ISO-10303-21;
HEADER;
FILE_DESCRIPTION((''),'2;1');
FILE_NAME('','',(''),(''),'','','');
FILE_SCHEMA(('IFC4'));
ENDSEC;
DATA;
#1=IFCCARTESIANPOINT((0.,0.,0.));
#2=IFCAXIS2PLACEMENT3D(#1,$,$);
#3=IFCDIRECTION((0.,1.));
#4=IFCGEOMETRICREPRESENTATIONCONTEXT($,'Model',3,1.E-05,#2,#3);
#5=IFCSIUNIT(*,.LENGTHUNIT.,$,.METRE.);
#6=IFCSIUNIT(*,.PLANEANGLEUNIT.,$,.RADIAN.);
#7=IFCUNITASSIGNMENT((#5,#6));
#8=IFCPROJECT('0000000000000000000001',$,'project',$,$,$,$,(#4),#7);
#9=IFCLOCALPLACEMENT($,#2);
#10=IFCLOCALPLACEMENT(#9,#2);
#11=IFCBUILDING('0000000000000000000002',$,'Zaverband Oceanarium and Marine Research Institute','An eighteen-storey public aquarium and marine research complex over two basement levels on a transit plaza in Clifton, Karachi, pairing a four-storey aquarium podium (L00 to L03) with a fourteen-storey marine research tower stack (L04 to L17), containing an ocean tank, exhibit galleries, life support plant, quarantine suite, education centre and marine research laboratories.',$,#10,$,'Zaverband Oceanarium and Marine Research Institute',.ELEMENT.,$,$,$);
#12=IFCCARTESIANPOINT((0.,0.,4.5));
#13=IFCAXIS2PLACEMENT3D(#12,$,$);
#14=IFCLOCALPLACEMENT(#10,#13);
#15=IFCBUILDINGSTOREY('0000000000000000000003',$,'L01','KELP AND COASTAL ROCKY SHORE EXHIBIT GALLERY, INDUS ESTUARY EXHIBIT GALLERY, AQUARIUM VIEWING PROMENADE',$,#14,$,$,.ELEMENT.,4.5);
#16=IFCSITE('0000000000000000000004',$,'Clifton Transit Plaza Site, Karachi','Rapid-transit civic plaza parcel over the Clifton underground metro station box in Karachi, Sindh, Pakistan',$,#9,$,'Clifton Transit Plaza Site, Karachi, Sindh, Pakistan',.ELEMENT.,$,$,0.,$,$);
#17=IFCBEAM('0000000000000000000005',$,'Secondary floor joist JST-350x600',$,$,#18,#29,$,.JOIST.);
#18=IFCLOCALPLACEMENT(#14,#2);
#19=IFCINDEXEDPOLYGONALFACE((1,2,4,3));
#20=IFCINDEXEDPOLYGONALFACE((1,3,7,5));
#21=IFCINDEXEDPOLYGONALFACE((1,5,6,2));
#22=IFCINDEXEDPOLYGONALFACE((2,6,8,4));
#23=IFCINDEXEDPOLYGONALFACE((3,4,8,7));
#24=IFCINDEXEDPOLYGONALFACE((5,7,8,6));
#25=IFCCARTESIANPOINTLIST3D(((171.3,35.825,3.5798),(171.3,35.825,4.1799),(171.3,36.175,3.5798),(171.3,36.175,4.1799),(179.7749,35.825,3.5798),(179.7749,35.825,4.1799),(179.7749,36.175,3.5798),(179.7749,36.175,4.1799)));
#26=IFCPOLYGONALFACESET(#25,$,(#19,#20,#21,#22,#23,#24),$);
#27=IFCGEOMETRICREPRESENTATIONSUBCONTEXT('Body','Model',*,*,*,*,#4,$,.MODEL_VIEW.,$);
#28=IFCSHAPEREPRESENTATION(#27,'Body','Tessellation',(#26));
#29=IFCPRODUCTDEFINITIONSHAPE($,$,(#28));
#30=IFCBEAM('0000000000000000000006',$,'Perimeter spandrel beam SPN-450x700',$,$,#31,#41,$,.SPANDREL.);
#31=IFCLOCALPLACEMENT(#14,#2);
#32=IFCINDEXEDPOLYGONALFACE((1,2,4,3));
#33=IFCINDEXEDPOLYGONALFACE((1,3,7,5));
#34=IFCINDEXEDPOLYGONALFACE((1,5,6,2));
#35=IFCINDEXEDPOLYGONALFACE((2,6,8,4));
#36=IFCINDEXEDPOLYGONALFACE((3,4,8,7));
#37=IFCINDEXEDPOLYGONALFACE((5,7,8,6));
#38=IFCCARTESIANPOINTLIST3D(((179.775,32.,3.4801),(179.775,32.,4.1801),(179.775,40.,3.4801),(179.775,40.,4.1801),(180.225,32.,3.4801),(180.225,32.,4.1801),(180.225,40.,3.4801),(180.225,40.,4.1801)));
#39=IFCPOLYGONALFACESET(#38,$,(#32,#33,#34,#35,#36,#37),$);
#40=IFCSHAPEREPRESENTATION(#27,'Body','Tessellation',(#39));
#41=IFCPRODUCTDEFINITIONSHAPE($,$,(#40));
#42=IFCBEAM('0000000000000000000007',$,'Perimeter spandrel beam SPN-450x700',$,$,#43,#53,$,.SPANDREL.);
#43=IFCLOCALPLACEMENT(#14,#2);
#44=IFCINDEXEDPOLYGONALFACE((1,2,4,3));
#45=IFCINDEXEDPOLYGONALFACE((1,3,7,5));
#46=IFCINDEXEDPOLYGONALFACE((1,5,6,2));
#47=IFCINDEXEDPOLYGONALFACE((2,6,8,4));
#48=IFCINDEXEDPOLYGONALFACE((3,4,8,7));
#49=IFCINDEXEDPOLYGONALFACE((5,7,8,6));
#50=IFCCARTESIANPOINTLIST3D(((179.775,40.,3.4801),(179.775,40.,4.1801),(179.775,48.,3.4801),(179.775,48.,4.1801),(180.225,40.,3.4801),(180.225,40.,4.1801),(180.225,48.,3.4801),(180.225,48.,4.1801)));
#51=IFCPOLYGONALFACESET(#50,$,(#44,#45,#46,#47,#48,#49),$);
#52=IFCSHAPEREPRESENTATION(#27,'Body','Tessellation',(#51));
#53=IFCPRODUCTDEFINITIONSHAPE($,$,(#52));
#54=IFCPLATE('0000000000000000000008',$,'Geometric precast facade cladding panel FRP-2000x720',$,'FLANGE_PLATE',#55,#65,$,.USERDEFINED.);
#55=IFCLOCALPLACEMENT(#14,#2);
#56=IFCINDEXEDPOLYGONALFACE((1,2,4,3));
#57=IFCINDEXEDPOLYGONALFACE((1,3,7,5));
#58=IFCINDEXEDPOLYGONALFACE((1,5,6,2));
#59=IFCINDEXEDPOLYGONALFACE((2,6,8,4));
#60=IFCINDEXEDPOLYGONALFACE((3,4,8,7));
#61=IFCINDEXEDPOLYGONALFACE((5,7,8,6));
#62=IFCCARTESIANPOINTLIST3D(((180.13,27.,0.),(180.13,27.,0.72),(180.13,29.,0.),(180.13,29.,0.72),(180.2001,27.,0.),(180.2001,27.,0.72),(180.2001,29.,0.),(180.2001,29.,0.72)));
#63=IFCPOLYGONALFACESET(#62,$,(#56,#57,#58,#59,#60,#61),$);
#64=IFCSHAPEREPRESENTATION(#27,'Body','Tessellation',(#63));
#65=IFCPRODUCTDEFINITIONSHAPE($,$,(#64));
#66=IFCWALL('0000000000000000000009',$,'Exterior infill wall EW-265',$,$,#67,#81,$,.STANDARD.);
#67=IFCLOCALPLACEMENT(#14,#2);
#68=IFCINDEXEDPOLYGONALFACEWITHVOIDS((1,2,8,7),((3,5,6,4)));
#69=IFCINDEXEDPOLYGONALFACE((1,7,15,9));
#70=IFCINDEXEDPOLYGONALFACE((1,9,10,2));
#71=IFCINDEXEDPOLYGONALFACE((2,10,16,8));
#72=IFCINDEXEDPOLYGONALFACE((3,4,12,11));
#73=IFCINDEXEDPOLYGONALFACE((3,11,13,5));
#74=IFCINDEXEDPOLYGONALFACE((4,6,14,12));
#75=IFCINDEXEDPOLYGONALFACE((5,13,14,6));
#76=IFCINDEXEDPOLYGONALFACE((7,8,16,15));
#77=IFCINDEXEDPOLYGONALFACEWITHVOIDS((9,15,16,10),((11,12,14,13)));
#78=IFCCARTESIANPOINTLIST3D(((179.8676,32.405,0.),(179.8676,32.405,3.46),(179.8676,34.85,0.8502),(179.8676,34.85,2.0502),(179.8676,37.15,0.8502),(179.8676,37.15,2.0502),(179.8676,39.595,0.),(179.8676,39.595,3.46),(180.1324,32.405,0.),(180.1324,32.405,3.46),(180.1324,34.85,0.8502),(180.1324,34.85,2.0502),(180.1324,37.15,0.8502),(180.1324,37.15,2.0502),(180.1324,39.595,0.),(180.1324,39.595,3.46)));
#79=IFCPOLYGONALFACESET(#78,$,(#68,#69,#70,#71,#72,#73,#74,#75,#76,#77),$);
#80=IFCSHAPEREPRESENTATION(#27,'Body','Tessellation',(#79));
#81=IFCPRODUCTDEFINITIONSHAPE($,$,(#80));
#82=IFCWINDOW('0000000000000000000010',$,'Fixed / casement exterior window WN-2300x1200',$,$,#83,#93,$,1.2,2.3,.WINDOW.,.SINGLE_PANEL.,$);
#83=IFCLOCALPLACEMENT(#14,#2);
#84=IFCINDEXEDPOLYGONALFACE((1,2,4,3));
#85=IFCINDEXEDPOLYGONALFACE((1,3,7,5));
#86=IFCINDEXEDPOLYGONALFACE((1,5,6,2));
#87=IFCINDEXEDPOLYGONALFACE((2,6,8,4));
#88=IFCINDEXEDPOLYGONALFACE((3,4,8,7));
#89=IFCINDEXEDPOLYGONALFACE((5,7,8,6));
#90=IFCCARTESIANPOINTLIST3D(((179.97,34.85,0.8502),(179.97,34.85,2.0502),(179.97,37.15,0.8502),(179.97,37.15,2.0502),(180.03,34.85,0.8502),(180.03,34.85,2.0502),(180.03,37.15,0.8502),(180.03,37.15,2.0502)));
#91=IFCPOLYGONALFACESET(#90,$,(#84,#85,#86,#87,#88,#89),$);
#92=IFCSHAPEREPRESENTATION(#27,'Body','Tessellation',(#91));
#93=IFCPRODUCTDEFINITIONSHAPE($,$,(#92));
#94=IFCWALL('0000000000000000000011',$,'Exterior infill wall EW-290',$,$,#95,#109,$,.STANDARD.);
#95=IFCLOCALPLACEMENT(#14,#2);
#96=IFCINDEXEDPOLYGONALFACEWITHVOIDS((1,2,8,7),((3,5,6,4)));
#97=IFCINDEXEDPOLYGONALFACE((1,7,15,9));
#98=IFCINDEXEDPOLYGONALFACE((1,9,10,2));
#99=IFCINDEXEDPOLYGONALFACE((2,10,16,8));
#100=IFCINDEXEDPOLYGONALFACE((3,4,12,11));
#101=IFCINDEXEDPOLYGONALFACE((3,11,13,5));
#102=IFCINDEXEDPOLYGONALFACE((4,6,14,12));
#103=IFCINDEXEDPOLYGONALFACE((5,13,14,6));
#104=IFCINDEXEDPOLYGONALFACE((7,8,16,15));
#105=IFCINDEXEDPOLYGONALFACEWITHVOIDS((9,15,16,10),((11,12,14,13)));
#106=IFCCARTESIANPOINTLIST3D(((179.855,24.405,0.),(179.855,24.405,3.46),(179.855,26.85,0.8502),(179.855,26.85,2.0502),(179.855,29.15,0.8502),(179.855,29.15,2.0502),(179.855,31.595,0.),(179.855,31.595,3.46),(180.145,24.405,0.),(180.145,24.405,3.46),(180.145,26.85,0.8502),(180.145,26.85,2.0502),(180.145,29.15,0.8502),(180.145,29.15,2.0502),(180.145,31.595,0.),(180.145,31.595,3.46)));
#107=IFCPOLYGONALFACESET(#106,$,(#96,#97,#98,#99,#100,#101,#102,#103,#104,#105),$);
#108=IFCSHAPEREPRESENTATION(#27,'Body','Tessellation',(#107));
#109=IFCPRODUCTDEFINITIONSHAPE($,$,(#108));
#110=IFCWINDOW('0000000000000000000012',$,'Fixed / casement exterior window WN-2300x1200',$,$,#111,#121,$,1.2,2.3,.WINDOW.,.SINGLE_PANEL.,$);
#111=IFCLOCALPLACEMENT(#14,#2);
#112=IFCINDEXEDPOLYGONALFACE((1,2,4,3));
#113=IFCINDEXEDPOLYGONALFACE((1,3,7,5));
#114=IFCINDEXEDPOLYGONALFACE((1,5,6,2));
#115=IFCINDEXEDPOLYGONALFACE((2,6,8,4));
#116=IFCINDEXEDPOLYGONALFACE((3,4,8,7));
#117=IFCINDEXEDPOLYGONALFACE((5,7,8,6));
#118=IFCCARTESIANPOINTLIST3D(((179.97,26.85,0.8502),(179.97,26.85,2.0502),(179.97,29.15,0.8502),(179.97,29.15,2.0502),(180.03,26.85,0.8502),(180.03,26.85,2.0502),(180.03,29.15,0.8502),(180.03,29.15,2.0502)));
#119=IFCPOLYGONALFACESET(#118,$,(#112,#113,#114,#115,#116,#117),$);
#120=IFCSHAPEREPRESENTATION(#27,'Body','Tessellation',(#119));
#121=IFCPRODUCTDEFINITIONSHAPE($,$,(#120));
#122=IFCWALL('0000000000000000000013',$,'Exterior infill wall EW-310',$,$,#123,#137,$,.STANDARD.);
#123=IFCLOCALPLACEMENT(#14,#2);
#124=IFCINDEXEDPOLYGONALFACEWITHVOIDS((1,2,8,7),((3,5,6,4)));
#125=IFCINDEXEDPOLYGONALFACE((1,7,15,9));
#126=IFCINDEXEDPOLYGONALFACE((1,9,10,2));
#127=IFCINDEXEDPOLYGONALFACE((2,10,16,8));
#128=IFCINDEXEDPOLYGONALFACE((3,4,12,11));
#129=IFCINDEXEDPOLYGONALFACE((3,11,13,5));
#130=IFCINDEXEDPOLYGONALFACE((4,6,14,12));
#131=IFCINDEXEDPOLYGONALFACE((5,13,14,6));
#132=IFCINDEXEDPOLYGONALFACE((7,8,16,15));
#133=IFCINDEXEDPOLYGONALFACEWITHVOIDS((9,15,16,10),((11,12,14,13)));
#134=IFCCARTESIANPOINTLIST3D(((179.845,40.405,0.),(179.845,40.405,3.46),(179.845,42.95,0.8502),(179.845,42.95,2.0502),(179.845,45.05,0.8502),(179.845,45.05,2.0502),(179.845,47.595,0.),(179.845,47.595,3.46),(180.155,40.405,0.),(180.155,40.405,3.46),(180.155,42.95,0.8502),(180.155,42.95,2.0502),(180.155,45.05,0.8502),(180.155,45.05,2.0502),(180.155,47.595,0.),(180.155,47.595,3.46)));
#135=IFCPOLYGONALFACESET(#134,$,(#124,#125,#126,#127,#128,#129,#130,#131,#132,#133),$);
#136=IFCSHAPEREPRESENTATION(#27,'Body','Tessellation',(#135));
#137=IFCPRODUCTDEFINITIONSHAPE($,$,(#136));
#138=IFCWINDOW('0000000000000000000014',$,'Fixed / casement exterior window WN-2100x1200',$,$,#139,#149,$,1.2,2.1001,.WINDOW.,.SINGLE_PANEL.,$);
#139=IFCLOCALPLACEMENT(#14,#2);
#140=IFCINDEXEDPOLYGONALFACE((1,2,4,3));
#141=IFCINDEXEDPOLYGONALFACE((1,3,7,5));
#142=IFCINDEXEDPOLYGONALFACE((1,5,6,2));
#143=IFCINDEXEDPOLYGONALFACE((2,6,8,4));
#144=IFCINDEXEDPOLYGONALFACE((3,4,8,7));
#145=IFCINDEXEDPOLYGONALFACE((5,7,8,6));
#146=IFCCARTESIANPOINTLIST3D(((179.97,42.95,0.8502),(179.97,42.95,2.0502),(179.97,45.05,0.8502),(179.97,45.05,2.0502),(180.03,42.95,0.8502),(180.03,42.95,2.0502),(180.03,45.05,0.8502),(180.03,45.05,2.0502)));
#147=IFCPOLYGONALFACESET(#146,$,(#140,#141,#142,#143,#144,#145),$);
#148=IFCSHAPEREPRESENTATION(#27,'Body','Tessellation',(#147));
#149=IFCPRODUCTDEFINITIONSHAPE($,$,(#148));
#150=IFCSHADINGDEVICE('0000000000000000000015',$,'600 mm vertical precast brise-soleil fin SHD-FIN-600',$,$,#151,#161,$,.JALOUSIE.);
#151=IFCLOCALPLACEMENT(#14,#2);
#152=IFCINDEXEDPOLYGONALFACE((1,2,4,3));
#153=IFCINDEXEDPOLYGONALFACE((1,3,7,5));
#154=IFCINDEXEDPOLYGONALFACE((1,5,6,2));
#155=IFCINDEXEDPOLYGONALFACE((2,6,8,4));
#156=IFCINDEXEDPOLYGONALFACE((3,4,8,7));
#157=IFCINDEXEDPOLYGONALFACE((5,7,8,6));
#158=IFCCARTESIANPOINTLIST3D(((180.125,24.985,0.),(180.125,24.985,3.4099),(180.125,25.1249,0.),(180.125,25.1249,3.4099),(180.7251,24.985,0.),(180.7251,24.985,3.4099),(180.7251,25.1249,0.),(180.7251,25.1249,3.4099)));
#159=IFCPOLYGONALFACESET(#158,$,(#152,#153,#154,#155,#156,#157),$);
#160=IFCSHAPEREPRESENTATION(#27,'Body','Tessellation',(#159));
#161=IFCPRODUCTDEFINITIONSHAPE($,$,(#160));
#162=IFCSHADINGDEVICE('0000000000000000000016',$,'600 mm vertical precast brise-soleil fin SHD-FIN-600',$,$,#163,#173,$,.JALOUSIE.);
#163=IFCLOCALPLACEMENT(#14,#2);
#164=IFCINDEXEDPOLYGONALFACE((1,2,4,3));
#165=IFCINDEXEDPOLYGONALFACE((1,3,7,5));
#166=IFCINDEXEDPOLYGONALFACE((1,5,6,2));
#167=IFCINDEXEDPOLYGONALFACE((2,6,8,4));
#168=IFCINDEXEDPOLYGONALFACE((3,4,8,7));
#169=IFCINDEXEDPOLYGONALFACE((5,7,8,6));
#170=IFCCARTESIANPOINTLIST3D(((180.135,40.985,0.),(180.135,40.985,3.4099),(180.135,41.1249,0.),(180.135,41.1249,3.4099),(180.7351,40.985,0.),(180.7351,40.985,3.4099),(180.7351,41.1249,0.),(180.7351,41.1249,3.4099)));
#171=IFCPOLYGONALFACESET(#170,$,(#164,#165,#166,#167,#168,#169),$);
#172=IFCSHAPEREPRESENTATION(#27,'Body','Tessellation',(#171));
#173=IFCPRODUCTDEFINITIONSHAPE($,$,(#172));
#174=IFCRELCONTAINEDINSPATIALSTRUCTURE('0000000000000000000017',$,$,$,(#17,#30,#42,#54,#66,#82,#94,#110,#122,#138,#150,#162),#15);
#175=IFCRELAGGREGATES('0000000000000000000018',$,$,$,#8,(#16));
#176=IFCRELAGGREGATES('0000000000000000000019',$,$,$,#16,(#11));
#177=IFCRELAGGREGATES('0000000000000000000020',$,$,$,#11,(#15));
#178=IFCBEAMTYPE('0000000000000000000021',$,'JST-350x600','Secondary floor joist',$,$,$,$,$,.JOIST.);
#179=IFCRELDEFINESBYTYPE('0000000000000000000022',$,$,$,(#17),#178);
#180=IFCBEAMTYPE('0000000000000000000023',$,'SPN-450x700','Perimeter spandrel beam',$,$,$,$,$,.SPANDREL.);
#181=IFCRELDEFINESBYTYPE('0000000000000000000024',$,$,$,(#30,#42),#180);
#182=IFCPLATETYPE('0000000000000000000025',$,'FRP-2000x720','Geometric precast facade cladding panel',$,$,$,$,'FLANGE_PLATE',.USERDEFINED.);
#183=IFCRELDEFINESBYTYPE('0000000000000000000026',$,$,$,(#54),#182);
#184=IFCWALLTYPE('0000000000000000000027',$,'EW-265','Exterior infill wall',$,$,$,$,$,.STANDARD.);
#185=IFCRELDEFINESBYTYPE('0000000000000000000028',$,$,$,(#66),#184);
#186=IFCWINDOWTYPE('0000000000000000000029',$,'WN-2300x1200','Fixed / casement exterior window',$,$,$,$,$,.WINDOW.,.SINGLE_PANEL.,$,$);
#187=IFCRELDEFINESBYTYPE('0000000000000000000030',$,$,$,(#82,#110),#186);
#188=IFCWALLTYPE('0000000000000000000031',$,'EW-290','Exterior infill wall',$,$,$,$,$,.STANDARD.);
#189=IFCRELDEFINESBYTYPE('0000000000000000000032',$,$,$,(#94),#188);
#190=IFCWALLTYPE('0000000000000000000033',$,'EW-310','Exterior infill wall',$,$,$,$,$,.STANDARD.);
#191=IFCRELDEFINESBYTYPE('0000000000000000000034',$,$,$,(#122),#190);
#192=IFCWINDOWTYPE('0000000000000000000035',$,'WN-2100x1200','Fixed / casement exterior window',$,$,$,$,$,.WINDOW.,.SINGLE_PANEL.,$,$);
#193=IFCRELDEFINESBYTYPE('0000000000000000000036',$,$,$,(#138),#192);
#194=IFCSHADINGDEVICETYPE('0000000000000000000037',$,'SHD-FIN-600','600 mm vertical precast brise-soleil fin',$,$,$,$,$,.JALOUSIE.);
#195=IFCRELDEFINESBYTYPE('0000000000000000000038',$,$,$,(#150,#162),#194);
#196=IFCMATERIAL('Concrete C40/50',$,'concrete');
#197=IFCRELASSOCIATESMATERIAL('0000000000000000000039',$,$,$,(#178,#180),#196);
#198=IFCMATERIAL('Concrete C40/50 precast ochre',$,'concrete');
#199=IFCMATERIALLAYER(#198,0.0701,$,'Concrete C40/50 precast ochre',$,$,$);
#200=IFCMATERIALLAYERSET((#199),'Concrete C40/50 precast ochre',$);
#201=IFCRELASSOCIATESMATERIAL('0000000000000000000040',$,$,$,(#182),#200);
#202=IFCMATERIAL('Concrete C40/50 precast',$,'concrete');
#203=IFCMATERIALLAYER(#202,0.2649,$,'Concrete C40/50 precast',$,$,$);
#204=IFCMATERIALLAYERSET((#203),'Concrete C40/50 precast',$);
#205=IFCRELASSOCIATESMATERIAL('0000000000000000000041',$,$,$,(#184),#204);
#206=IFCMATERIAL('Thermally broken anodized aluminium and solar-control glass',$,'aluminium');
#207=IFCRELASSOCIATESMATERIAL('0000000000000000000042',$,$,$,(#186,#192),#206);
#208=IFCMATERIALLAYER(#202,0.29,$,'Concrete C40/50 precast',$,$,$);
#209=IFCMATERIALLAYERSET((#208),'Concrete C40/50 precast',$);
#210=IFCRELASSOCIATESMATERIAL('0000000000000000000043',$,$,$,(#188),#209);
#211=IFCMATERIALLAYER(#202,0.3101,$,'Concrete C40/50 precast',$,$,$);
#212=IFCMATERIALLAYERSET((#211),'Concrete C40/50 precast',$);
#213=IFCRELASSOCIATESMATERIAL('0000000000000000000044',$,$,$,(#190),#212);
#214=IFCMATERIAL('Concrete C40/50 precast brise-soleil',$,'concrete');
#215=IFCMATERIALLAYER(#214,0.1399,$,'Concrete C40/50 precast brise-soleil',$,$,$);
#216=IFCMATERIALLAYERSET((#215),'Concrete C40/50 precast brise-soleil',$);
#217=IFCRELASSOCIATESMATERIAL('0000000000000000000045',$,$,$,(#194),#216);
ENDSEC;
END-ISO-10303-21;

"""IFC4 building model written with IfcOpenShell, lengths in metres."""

from ifc_helpers import new_model, si_unit, direction, frame, frame_2d, origin, origin_2d, place, context, subcontext, project, spatial, rectangle, extrude, material, layer, layer_set, material_profile, profile_set, type_object, element, fill, save


model = new_model("IFC4")

# Units and contexts
model_context = context("Model", 3, precision=1e-05, world=origin(), true_north=direction((0.0, 1.0)))
body_context = subcontext(model_context, "Body", "Model", "MODEL_VIEW")
ifc_project = project(units=[si_unit("LENGTHUNIT", "METRE"), si_unit("PLANEANGLEUNIT", "RADIAN")], contexts=[model_context])

# Site, building, storey
site_placement = place(None, origin())
site = spatial("IfcSite", under=ifc_project, at=site_placement, Name="Clifton Transit Plaza Site, Karachi", Description="Rapid-transit civic plaza parcel over the Clifton underground metro station box in Karachi, Sindh, Pakistan", LongName="Clifton Transit Plaza Site, Karachi, Sindh, Pakistan", CompositionType="ELEMENT", RefElevation=0.0)
building_placement = place(site_placement, origin())
building = spatial("IfcBuilding", under=site, at=building_placement, Name="Zaverband Oceanarium and Marine Research Institute", Description="An eighteen-storey public aquarium and marine research complex over two basement levels on a transit plaza in Clifton, Karachi, pairing a four-storey aquarium podium (L00 to L03) with a fourteen-storey marine research tower stack (L04 to L17), containing an ocean tank, exhibit galleries, life support plant, quarantine suite, education centre and marine research laboratories.", LongName="Zaverband Oceanarium and Marine Research Institute", CompositionType="ELEMENT")
storey_placement = place(building_placement, frame((0.0, 0.0, 4.5)))
storey = spatial("IfcBuildingStorey", under=building, at=storey_placement, Name="L01", Description="KELP AND COASTAL ROCKY SHORE EXHIBIT GALLERY, INDUS ESTUARY EXHIBIT GALLERY, AQUARIUM VIEWING PROMENADE", CompositionType="ELEMENT", Elevation=4.5)

# Beams
ifc_material_1 = material(Name="Concrete C40/50", Category="concrete")
ifc_material_profile_1 = material_profile(ifc_material_1, rectangle(XDim=0.3501, YDim=0.6001, at=origin_2d()), Name="RC350x600")
ifc_profile_set_1 = profile_set([ifc_material_profile_1], Name="Concrete C40/50")
beam_type_1 = type_object("IfcBeamType", Name="JST-350x600", Description="Secondary floor joist", PredefinedType="JOIST", material=ifc_profile_set_1)
for number, where, z_axis, x_axis, name in (
    (1, (171.3, 36.0, 3.8799), (1.0, 0.0, 0.0), (0.0, 1.0, 0.0), "Secondary floor joist JST-350x600"),
):
    element("IfcBeam", number, at=place(storey_placement, frame(where, z_axis=z_axis, x_axis=x_axis)), inside=storey, type_object=beam_type_1, Name=name, PredefinedType="JOIST", context=body_context, shape_type="SweptSolid", body=[
        extrude(rectangle(XDim=0.3501, YDim=0.6001, at=origin_2d()), origin(), (0.0, 0.0, 1.0), 8.4749),
    ])
ifc_material_profile_2 = material_profile(ifc_material_1, rectangle(XDim=0.45, YDim=0.7, at=origin_2d()), Name="RC450x700")
ifc_profile_set_2 = profile_set([ifc_material_profile_2], Name="Concrete C40/50")
beam_type_2 = type_object("IfcBeamType", Name="SPN-450x700", Description="Perimeter spandrel beam", PredefinedType="SPANDREL", material=ifc_profile_set_2)
for number, where, z_axis, x_axis, name in (
    (2, (180.0, 32.0, 3.8301), (0.0, 1.0, 0.0), (-1.0, 0.0, 0.0), "Perimeter spandrel beam SPN-450x700"),
    (3, (180.0, 40.0, 3.8301), (0.0, 1.0, 0.0), (-1.0, 0.0, 0.0), "Perimeter spandrel beam SPN-450x700"),
):
    element("IfcBeam", number, at=place(storey_placement, frame(where, z_axis=z_axis, x_axis=x_axis)), inside=storey, type_object=beam_type_2, Name=name, PredefinedType="SPANDREL", context=body_context, shape_type="SweptSolid", body=[
        extrude(rectangle(XDim=0.45, YDim=0.7, at=origin_2d()), origin(), (0.0, 0.0, 1.0), 8.0),
    ])

# Plate
ifc_material_2 = material(Name="Concrete C40/50 precast ochre", Category="concrete")
ifc_layer_1 = layer(ifc_material_2, 0.0701, Name="Concrete C40/50 precast ochre")
ifc_layer_set_1 = layer_set([ifc_layer_1], Name="Concrete C40/50 precast ochre")
plate_type = type_object("IfcPlateType", Name="FRP-2000x720", Description="Geometric precast facade cladding panel", ElementType="FLANGE_PLATE", PredefinedType="USERDEFINED", material=ifc_layer_set_1)
plate_placement = place(storey_placement, frame((180.165, 27.0, 0.0), z_axis=(0.0, 0.0, 1.0), x_axis=(0.0, 1.0, 0.0)))
element("IfcPlate", 4, at=plate_placement, inside=storey, type_object=plate_type, Name="Geometric precast facade cladding panel FRP-2000x720", ObjectType="FLANGE_PLATE", PredefinedType="USERDEFINED", context=body_context, shape_type="SweptSolid", body=[
    extrude(rectangle(XDim=2.0, YDim=0.0701, at=frame_2d((1.0, 0.0))), origin(), (0.0, 0.0, 1.0), 0.72),
])

# Walls, openings, windows
ifc_material_3 = material(Name="Concrete C40/50 precast", Category="concrete")
ifc_layer_2 = layer(ifc_material_3, 0.2649, Name="Concrete C40/50 precast")
ifc_layer_set_2 = layer_set([ifc_layer_2], Name="Concrete C40/50 precast")
wall_type_1 = type_object("IfcWallType", Name="EW-265", Description="Exterior infill wall", PredefinedType="STANDARD", material=ifc_layer_set_2)
wall_1_placement = place(storey_placement, frame((180.0, 32.405, 0.0), z_axis=(0.0, 0.0, 1.0), x_axis=(0.0, 1.0, 0.0)))
wall_1 = element("IfcWall", 5, at=wall_1_placement, inside=storey, type_object=wall_type_1, Name="Exterior infill wall EW-265", PredefinedType="STANDARD", context=body_context, shape_type="SweptSolid", body=[
    extrude(rectangle(XDim=7.1899, YDim=0.2649, at=frame_2d((3.595, 0.0))), origin(), (0.0, 0.0, 1.0), 3.46),
])
opening_1_placement = place(wall_1_placement, frame((2.4451, 0.0, 0.8501)))
opening_1 = element("IfcOpeningElement", 6, at=opening_1_placement, cuts=wall_1, PredefinedType="OPENING", context=body_context, shape_type="SweptSolid", body=[
    extrude(rectangle(XDim=2.3, YDim=1.2, at=frame_2d((1.1499, 0.6001))), frame((0.0, 0.1445, 0.0), z_axis=(0.0, -1.0, 0.0), x_axis=(1.0, 0.0, 0.0)), (0.0, 0.0, 1.0), 0.2888),
])
ifc_material_4 = material(Name="Thermally broken anodized aluminium and solar-control glass", Category="aluminium")
window_type_1 = type_object("IfcWindowType", Name="WN-2300x1200", Description="Fixed / casement exterior window", PartitioningType="SINGLE_PANEL", PredefinedType="WINDOW", material=ifc_material_4)
window_1_placement = place(opening_1_placement, origin())
window_1 = element("IfcWindow", 7, at=window_1_placement, inside=storey, type_object=window_type_1, Name="Fixed / casement exterior window WN-2300x1200", OverallHeight=1.2, OverallWidth=2.3, PartitioningType="SINGLE_PANEL", PredefinedType="WINDOW", context=body_context, shape_type="SweptSolid", body=[
    extrude(rectangle(XDim=2.3, YDim=1.2, at=frame_2d((1.1499, 0.6001))), frame((0.0, 0.03, 0.0), z_axis=(0.0, -1.0, 0.0), x_axis=(1.0, 0.0, 0.0)), (0.0, 0.0, 1.0), 0.0601),
])
fill(opening_1, window_1)
ifc_layer_3 = layer(ifc_material_3, 0.29, Name="Concrete C40/50 precast")
ifc_layer_set_3 = layer_set([ifc_layer_3], Name="Concrete C40/50 precast")
wall_type_2 = type_object("IfcWallType", Name="EW-290", Description="Exterior infill wall", PredefinedType="STANDARD", material=ifc_layer_set_3)
wall_2_placement = place(storey_placement, frame((180.0, 24.405, 0.0), z_axis=(0.0, 0.0, 1.0), x_axis=(0.0, 1.0, 0.0)))
wall_2 = element("IfcWall", 8, at=wall_2_placement, inside=storey, type_object=wall_type_2, Name="Exterior infill wall EW-290", PredefinedType="STANDARD", context=body_context, shape_type="SweptSolid", body=[
    extrude(rectangle(XDim=7.1899, YDim=0.29, at=frame_2d((3.595, 0.0))), origin(), (0.0, 0.0, 1.0), 3.46),
])
opening_2_placement = place(wall_2_placement, frame((2.4451, 0.0, 0.8501)))
opening_2 = element("IfcOpeningElement", 9, at=opening_2_placement, cuts=wall_2, PredefinedType="OPENING", context=body_context, shape_type="SweptSolid", body=[
    extrude(rectangle(XDim=2.3, YDim=1.2, at=frame_2d((1.1499, 0.6001))), frame((0.0, 0.157, 0.0), z_axis=(0.0, -1.0, 0.0), x_axis=(1.0, 0.0, 0.0)), (0.0, 0.0, 1.0), 0.314),
])
window_2_placement = place(opening_2_placement, origin())
window_2 = element("IfcWindow", 10, at=window_2_placement, inside=storey, type_object=window_type_1, Name="Fixed / casement exterior window WN-2300x1200", OverallHeight=1.2, OverallWidth=2.3, PartitioningType="SINGLE_PANEL", PredefinedType="WINDOW", context=body_context, shape_type="SweptSolid", body=[
    extrude(rectangle(XDim=2.3, YDim=1.2, at=frame_2d((1.1499, 0.6001))), frame((0.0, 0.03, 0.0), z_axis=(0.0, -1.0, 0.0), x_axis=(1.0, 0.0, 0.0)), (0.0, 0.0, 1.0), 0.0601),
])
fill(opening_2, window_2)
ifc_layer_4 = layer(ifc_material_3, 0.3101, Name="Concrete C40/50 precast")
ifc_layer_set_4 = layer_set([ifc_layer_4], Name="Concrete C40/50 precast")
wall_type_3 = type_object("IfcWallType", Name="EW-310", Description="Exterior infill wall", PredefinedType="STANDARD", material=ifc_layer_set_4)
wall_3_placement = place(storey_placement, frame((180.0, 40.405, 0.0), z_axis=(0.0, 0.0, 1.0), x_axis=(0.0, 1.0, 0.0)))
wall_3 = element("IfcWall", 11, at=wall_3_placement, inside=storey, type_object=wall_type_3, Name="Exterior infill wall EW-310", PredefinedType="STANDARD", context=body_context, shape_type="SweptSolid", body=[
    extrude(rectangle(XDim=7.1899, YDim=0.3101, at=frame_2d((3.595, 0.0))), origin(), (0.0, 0.0, 1.0), 3.46),
])
opening_3_placement = place(wall_3_placement, frame((2.5449, 0.0, 0.8501)))
opening_3 = element("IfcOpeningElement", 12, at=opening_3_placement, cuts=wall_3, PredefinedType="OPENING", context=body_context, shape_type="SweptSolid", body=[
    extrude(rectangle(XDim=2.1001, YDim=1.2, at=frame_2d((1.05, 0.6001))), frame((0.0, 0.167, 0.0), z_axis=(0.0, -1.0, 0.0), x_axis=(1.0, 0.0, 0.0)), (0.0, 0.0, 1.0), 0.334),
])
window_type_2 = type_object("IfcWindowType", Name="WN-2100x1200", Description="Fixed / casement exterior window", PartitioningType="SINGLE_PANEL", PredefinedType="WINDOW", material=ifc_material_4)
window_3_placement = place(opening_3_placement, origin())
window_3 = element("IfcWindow", 13, at=window_3_placement, inside=storey, type_object=window_type_2, Name="Fixed / casement exterior window WN-2100x1200", OverallHeight=1.2, OverallWidth=2.1001, PartitioningType="SINGLE_PANEL", PredefinedType="WINDOW", context=body_context, shape_type="SweptSolid", body=[
    extrude(rectangle(XDim=2.1001, YDim=1.2, at=frame_2d((1.05, 0.6001))), frame((0.0, 0.03, 0.0), z_axis=(0.0, -1.0, 0.0), x_axis=(1.0, 0.0, 0.0)), (0.0, 0.0, 1.0), 0.0601),
])
fill(opening_3, window_3)

# Shading devices
ifc_material_5 = material(Name="Concrete C40/50 precast brise-soleil", Category="concrete")
ifc_layer_5 = layer(ifc_material_5, 0.1399, Name="Concrete C40/50 precast brise-soleil")
ifc_layer_set_5 = layer_set([ifc_layer_5], Name="Concrete C40/50 precast brise-soleil")
shading_device_type = type_object("IfcShadingDeviceType", Name="SHD-FIN-600", Description="600 mm vertical precast brise-soleil fin", PredefinedType="JALOUSIE", material=ifc_layer_set_5)
for number, where, z_axis, x_axis, name in (
    (14, (180.125, 25.0549, 0.0), (0.0, 0.0, 1.0), (1.0, 0.0, 0.0), "600 mm vertical precast brise-soleil fin SHD-FIN-600"),
    (15, (180.135, 41.0549, 0.0), (0.0, 0.0, 1.0), (1.0, 0.0, 0.0), "600 mm vertical precast brise-soleil fin SHD-FIN-600"),
):
    element("IfcShadingDevice", number, at=place(storey_placement, frame(where, z_axis=z_axis, x_axis=x_axis)), inside=storey, type_object=shading_device_type, Name=name, PredefinedType="JALOUSIE", context=body_context, shape_type="SweptSolid", body=[
        extrude(rectangle(XDim=0.6001, YDim=0.1399, at=frame_2d((0.3, 0.0))), origin(), (0.0, 0.0, 1.0), 3.4099),
    ])

save(model, "model.ifc")
